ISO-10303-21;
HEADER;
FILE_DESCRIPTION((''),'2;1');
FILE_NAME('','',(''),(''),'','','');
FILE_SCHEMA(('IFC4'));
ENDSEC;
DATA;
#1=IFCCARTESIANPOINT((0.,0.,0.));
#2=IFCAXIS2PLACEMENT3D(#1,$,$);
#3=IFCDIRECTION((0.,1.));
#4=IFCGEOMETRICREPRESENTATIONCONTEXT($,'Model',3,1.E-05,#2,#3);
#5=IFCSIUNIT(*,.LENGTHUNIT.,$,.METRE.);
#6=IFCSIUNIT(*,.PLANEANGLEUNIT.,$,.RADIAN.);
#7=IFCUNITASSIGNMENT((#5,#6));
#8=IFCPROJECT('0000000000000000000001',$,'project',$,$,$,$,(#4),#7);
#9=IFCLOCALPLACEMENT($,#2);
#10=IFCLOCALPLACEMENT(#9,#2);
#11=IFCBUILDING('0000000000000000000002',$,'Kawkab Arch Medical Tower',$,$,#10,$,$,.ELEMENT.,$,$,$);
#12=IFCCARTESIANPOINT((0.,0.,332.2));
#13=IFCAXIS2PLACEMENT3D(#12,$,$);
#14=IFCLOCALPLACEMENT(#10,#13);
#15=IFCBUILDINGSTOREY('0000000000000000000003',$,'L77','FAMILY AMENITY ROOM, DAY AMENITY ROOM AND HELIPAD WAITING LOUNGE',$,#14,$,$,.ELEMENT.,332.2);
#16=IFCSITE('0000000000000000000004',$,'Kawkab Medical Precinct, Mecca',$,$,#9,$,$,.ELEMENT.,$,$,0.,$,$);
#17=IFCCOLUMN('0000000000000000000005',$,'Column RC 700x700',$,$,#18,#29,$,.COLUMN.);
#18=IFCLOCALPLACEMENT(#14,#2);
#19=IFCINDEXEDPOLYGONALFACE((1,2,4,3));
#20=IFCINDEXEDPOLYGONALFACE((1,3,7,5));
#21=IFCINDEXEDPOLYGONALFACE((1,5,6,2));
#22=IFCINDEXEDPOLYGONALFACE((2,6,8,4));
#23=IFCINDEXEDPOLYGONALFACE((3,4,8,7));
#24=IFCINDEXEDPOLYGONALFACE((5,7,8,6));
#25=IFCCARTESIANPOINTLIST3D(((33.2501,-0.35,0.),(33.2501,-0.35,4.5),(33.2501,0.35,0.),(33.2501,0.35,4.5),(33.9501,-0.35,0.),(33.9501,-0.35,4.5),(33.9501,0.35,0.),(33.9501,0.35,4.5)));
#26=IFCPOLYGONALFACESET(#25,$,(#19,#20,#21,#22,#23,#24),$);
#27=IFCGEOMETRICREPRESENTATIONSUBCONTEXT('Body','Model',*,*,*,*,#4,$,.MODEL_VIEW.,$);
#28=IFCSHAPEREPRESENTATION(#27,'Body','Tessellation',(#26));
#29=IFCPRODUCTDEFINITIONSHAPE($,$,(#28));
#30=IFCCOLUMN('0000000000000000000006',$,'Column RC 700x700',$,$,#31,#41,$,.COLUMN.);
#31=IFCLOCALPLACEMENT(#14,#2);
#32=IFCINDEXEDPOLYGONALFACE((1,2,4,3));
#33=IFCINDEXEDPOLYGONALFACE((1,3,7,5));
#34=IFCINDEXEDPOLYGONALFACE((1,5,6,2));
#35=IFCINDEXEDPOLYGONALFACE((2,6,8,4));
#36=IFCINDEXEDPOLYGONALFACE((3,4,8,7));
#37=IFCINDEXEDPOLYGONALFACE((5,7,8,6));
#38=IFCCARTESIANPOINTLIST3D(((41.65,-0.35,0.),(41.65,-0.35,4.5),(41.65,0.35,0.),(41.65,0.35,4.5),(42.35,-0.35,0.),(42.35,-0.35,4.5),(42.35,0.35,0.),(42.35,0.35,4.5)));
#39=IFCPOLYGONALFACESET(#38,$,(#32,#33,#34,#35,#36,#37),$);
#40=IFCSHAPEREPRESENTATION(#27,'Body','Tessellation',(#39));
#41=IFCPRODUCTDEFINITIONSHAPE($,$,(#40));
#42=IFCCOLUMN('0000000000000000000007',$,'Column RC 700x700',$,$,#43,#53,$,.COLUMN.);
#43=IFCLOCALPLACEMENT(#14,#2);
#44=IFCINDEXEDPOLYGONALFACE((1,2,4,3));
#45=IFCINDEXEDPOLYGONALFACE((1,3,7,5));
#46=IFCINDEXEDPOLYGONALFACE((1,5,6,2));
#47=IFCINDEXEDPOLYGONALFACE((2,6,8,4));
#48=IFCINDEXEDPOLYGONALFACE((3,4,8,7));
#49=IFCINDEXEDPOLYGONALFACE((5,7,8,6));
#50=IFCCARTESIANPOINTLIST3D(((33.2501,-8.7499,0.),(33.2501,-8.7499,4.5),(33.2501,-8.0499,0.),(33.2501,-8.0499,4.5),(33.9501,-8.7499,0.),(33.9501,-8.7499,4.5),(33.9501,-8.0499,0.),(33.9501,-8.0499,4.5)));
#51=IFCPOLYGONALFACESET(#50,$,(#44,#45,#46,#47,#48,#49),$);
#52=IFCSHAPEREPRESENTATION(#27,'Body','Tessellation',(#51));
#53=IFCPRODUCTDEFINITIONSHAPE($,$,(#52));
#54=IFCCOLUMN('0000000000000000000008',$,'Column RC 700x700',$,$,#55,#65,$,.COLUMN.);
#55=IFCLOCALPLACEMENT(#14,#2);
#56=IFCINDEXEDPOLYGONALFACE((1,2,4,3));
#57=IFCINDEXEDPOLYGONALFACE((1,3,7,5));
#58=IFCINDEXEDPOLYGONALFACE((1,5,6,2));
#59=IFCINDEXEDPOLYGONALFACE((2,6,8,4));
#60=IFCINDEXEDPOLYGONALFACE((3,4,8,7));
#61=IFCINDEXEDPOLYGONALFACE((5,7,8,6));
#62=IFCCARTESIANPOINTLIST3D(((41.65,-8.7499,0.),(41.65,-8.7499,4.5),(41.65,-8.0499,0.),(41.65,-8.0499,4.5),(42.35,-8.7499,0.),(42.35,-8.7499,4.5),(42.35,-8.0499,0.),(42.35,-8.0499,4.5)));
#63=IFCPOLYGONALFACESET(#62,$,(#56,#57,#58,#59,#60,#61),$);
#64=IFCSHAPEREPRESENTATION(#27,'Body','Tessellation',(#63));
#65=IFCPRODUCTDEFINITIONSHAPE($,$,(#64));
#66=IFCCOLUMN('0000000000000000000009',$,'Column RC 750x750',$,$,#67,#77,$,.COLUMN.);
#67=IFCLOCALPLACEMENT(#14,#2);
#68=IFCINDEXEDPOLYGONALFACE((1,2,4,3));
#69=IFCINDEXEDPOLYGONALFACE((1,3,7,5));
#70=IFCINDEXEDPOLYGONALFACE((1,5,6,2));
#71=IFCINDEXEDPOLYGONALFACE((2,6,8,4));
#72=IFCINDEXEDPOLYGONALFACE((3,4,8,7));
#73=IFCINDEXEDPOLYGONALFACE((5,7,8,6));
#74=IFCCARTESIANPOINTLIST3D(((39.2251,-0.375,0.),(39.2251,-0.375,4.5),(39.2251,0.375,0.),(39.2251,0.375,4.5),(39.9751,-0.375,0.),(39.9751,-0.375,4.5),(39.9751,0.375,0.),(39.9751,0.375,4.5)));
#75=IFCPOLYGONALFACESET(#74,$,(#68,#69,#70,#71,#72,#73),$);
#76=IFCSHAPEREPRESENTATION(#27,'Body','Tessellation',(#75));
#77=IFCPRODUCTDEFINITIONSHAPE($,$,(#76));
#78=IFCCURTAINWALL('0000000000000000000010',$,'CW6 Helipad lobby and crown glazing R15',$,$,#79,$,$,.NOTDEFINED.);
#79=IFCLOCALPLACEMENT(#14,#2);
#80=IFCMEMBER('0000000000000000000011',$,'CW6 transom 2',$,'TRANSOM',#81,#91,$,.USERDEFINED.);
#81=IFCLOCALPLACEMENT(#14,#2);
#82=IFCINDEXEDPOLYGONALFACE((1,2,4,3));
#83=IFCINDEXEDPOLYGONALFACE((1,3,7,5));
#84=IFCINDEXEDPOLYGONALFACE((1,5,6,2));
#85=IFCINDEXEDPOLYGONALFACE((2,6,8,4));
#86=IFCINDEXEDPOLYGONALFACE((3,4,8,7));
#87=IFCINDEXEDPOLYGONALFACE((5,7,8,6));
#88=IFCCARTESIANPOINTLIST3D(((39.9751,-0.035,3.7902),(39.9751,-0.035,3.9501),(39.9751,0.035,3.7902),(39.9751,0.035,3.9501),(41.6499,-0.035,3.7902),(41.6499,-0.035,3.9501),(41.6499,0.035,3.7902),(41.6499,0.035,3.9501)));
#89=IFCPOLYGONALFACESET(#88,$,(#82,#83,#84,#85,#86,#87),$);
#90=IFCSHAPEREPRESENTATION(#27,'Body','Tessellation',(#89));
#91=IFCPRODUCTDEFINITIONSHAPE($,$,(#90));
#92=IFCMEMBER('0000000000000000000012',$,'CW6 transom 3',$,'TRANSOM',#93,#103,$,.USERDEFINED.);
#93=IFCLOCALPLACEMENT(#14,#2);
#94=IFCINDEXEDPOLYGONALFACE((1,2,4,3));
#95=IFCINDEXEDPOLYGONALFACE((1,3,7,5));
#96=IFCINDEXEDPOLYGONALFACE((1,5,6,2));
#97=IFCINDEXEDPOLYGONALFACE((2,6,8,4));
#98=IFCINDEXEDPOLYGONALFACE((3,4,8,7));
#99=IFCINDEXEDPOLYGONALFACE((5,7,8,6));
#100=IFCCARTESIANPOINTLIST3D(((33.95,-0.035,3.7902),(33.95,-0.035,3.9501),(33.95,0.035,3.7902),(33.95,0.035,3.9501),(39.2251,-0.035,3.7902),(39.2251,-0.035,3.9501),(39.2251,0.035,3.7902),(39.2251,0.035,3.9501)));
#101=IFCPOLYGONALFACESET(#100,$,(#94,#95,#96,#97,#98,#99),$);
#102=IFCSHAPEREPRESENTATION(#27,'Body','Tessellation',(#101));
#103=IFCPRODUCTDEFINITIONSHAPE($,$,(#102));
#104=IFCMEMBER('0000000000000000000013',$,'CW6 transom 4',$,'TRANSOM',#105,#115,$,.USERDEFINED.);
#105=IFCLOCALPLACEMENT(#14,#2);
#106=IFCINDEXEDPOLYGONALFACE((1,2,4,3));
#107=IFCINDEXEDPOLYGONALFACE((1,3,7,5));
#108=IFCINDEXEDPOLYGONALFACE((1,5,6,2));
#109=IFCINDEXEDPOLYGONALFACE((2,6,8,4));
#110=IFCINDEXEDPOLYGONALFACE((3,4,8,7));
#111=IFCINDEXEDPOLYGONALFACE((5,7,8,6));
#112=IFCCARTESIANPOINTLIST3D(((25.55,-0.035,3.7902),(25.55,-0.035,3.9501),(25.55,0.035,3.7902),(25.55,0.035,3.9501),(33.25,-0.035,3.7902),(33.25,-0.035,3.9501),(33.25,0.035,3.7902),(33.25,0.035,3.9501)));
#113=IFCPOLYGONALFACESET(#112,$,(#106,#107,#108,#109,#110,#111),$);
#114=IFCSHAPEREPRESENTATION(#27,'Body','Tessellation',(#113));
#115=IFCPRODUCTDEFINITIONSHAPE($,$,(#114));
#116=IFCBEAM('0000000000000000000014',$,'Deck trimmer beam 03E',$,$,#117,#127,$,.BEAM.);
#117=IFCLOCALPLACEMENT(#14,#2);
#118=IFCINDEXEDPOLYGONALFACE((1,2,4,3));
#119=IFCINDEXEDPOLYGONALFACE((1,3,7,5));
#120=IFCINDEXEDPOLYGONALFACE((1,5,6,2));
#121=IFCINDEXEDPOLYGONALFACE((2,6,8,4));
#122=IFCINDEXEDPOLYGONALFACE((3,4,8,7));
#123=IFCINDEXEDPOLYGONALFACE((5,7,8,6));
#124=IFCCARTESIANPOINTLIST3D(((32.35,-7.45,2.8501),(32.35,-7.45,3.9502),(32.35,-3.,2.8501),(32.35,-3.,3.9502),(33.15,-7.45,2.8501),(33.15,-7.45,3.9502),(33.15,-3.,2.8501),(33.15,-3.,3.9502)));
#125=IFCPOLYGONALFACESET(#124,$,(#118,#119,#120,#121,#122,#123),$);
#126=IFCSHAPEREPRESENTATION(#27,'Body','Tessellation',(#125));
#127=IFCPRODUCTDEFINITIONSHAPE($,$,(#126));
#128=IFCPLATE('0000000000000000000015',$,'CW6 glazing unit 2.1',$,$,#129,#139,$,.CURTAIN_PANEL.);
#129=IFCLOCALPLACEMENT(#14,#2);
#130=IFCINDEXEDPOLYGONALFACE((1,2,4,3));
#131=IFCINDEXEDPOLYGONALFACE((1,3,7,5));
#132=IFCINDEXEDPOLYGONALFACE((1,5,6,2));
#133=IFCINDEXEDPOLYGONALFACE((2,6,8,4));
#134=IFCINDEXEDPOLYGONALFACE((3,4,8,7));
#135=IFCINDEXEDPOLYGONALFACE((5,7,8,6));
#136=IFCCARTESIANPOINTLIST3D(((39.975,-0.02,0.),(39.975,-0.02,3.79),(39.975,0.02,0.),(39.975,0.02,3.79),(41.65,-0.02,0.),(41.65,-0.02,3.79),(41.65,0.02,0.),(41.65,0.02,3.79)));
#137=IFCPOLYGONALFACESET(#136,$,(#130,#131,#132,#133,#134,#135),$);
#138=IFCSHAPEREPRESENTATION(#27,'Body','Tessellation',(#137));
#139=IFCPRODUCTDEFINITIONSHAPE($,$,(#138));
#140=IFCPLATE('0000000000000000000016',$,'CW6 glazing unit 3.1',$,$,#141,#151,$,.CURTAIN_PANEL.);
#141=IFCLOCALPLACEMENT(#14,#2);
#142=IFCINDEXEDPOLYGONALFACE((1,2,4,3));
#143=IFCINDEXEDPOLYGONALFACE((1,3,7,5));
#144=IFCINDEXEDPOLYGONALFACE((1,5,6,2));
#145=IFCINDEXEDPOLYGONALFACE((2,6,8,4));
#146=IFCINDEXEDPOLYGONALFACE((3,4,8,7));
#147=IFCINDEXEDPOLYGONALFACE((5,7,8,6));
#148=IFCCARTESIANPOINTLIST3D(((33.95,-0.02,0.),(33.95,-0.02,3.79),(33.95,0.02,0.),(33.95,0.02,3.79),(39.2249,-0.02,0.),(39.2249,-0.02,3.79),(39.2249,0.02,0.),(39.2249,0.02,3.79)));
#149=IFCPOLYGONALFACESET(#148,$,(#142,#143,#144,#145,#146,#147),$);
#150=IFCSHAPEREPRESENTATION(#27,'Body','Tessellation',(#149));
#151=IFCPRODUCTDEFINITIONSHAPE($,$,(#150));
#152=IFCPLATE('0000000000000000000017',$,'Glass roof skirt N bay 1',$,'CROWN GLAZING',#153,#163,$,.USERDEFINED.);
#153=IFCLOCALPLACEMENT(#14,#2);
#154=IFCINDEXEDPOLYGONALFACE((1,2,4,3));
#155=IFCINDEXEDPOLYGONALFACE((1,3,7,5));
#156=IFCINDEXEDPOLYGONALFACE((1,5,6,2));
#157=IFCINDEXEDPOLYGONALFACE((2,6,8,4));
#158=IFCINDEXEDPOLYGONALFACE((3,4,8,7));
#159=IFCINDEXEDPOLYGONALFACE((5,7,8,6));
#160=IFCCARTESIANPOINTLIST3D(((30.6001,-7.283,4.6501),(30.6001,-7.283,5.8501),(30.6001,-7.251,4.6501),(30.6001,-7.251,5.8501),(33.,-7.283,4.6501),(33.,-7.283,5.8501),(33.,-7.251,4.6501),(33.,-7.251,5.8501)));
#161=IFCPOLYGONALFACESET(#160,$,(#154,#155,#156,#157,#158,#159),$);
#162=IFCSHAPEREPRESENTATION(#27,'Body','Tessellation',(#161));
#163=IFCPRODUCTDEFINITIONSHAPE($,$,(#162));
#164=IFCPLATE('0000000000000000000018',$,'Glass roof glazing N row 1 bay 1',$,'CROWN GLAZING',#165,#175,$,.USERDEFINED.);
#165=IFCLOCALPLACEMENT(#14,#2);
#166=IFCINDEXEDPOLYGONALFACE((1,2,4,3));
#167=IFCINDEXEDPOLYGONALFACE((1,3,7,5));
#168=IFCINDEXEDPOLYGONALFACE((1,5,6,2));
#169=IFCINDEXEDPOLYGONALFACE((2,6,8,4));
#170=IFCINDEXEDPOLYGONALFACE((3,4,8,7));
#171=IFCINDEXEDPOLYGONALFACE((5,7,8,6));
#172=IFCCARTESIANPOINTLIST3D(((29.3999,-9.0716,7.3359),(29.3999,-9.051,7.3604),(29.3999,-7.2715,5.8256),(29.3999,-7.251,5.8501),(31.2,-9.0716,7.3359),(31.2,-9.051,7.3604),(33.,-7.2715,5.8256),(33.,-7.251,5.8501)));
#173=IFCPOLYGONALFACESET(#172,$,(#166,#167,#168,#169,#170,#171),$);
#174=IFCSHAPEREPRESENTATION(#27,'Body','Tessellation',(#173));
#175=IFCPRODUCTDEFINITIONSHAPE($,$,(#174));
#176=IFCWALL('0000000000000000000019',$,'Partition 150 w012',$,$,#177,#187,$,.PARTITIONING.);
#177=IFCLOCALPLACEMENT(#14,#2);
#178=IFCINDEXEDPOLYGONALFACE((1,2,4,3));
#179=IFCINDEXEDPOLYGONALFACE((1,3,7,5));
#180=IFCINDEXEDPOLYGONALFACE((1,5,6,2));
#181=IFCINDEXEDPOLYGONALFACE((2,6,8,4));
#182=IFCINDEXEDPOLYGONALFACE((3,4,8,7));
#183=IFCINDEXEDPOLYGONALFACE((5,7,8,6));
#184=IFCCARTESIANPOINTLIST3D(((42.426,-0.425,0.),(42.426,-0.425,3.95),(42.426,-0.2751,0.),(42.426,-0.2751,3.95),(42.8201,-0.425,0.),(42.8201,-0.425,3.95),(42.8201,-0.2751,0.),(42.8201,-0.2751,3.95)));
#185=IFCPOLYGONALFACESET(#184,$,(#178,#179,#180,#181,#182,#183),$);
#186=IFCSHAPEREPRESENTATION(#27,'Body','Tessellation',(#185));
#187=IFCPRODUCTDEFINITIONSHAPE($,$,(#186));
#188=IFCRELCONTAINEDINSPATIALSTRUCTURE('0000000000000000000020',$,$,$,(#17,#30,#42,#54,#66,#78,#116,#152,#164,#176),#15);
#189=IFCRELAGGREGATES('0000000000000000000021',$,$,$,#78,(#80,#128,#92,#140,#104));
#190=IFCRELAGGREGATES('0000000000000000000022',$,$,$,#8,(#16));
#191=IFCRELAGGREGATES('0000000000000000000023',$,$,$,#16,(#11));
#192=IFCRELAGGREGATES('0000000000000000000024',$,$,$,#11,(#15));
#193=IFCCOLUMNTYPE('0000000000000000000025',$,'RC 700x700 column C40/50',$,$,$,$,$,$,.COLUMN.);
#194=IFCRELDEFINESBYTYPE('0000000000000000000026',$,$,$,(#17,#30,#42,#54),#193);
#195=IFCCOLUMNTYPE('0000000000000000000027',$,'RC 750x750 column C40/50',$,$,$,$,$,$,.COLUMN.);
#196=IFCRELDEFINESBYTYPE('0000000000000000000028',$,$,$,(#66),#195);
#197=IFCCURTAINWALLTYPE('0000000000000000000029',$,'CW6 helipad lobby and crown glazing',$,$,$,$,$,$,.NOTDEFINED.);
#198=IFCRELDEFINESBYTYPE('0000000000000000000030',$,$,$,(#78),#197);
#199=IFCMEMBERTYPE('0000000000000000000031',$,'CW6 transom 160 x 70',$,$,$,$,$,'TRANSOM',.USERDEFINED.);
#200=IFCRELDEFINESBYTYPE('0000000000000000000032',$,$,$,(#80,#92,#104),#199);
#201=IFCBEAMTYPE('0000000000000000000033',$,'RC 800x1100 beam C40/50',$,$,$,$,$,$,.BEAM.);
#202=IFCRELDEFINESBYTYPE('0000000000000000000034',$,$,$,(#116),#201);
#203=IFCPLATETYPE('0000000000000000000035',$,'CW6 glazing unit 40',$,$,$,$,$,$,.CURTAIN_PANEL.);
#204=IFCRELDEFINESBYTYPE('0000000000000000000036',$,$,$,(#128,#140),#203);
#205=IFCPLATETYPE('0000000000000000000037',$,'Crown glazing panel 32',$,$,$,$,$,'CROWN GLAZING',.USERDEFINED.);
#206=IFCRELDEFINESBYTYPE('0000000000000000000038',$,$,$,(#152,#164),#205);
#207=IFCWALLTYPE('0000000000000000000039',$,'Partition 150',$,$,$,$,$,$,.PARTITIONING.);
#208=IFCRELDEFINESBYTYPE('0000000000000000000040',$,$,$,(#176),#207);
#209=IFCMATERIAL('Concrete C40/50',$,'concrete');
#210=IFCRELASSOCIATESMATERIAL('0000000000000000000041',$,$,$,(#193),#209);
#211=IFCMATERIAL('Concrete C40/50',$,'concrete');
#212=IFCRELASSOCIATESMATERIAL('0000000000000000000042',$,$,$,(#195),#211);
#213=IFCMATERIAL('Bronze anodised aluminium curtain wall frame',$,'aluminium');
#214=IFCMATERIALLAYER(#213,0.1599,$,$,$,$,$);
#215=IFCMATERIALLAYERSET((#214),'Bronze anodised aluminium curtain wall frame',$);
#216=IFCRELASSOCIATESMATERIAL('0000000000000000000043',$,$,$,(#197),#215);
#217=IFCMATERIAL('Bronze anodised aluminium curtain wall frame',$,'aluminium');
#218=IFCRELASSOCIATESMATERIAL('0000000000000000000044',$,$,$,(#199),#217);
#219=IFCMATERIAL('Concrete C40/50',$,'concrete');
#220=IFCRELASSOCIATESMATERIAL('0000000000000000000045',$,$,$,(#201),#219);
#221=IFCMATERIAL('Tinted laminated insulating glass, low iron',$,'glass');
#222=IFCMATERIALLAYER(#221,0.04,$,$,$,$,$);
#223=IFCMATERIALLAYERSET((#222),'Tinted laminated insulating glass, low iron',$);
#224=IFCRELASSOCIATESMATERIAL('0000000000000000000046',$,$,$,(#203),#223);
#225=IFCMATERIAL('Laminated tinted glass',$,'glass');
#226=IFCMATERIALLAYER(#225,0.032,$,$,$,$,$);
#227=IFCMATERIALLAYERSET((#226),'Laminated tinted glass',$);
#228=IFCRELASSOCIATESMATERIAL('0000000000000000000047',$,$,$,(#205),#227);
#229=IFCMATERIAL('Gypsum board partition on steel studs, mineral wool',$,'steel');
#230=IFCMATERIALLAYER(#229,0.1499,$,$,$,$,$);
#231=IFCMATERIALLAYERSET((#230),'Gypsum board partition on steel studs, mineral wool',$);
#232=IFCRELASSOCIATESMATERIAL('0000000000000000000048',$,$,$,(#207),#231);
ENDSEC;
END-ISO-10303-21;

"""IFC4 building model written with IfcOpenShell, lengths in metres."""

from ifc_helpers import new_model, si_unit, direction, frame, frame_2d, origin, origin_2d, place, context, subcontext, project, spatial, polyline, rectangle, outline, extrude, material, layer, layer_set, material_profile, profile_set, type_object, element, aggregate, save


model = new_model("IFC4")

# Units and contexts
model_context = context("Model", 3, precision=1e-05, world=origin(), true_north=direction((0.0, 1.0)))
body_context = subcontext(model_context, "Body", "Model", "MODEL_VIEW")
ifc_project = project(units=[si_unit("LENGTHUNIT", "METRE"), si_unit("PLANEANGLEUNIT", "RADIAN")], contexts=[model_context])

# Site, building, storey
site_placement = place(None, origin())
site = spatial("IfcSite", under=ifc_project, at=site_placement, Name="Kawkab Medical Precinct, Mecca", CompositionType="ELEMENT", RefElevation=0.0)
building_placement = place(site_placement, origin())
building = spatial("IfcBuilding", under=site, at=building_placement, Name="Kawkab Arch Medical Tower", CompositionType="ELEMENT")
storey_placement = place(building_placement, frame((0.0, 0.0, 332.2)))
storey = spatial("IfcBuildingStorey", under=building, at=storey_placement, Name="L77", Description="FAMILY AMENITY ROOM, DAY AMENITY ROOM AND HELIPAD WAITING LOUNGE", CompositionType="ELEMENT", Elevation=332.2)

# Columns
ifc_material_1 = material(Name="Concrete C40/50", Category="concrete")
ifc_material_profile_1 = material_profile(ifc_material_1, rectangle(XDim=0.7, YDim=0.7, at=origin_2d()), Name="RC 700x700")
ifc_profile_set_1 = profile_set([ifc_material_profile_1], Name="Concrete C40/50")
column_type_1 = type_object("IfcColumnType", Name="RC 700x700 column C40/50", PredefinedType="COLUMN", material=ifc_profile_set_1)
for number, where, z_axis, x_axis, name in (
    (1, (33.6001, 0.0, 0.0), (0.0, 0.0, 1.0), (1.0, 0.0, 0.0), "Column RC 700x700"),
    (2, (42.0, 0.0, 0.0), (0.0, 0.0, 1.0), (1.0, 0.0, 0.0), "Column RC 700x700"),
    (3, (33.6001, -8.3999, 0.0), (0.0, 0.0, 1.0), (1.0, 0.0, 0.0), "Column RC 700x700"),
    (4, (42.0, -8.3999, 0.0), (0.0, 0.0, 1.0), (1.0, 0.0, 0.0), "Column RC 700x700"),
):
    element("IfcColumn", number, at=place(storey_placement, frame(where, z_axis=z_axis, x_axis=x_axis)), inside=storey, type_object=column_type_1, Name=name, PredefinedType="COLUMN", context=body_context, shape_type="SweptSolid", body=[
        extrude(rectangle(XDim=0.7, YDim=0.7, at=origin_2d()), origin(), (0.0, 0.0, 1.0), 4.5),
    ])
ifc_material_2 = material(Name="Concrete C40/50", Category="concrete")
ifc_material_profile_2 = material_profile(ifc_material_2, rectangle(XDim=0.75, YDim=0.75, at=origin_2d()), Name="RC 750x750")
ifc_profile_set_2 = profile_set([ifc_material_profile_2], Name="Concrete C40/50")
column_type_2 = type_object("IfcColumnType", Name="RC 750x750 column C40/50", PredefinedType="COLUMN", material=ifc_profile_set_2)
column_placement = place(storey_placement, frame((39.6001, 0.0, 0.0), z_axis=(0.0, 0.0, 1.0), x_axis=(1.0, 0.0, 0.0)))
element("IfcColumn", 5, at=column_placement, inside=storey, type_object=column_type_2, Name="Column RC 750x750", PredefinedType="COLUMN", context=body_context, shape_type="SweptSolid", body=[
    extrude(rectangle(XDim=0.75, YDim=0.75, at=origin_2d()), origin(), (0.0, 0.0, 1.0), 4.5),
])

# Curtain wall, members
ifc_material_3 = material(Name="Bronze anodised aluminium curtain wall frame", Category="aluminium")
ifc_layer_1 = layer(ifc_material_3, 0.1599)
ifc_layer_set_1 = layer_set([ifc_layer_1], Name="Bronze anodised aluminium curtain wall frame")
curtain_wall_type = type_object("IfcCurtainWallType", Name="CW6 helipad lobby and crown glazing", PredefinedType="NOTDEFINED", material=ifc_layer_set_1)
curtain_wall_placement = place(storey_placement, origin())
curtain_wall = element("IfcCurtainWall", 6, at=curtain_wall_placement, inside=storey, type_object=curtain_wall_type, Name="CW6 Helipad lobby and crown glazing R15", PredefinedType="NOTDEFINED")
ifc_material_4 = material(Name="Bronze anodised aluminium curtain wall frame", Category="aluminium")
ifc_material_profile_3 = material_profile(ifc_material_4, rectangle(XDim=0.0701, YDim=0.1599, at=origin_2d()), Name="AL 70x160")
ifc_profile_set_3 = profile_set([ifc_material_profile_3], Name="Bronze anodised aluminium curtain wall frame")
member_type = type_object("IfcMemberType", Name="CW6 transom 160 x 70", ElementType="TRANSOM", PredefinedType="USERDEFINED", material=ifc_profile_set_3)
member_1_placement = place(storey_placement, frame((41.6499, 0.0, 3.8701), z_axis=(-1.0, 0.0, 0.0), x_axis=(0.0, -1.0, 0.0)))
member_1 = element("IfcMember", 7, at=member_1_placement, type_object=member_type, Name="CW6 transom 2", ObjectType="TRANSOM", PredefinedType="USERDEFINED", context=body_context, shape_type="SweptSolid", body=[
    extrude(rectangle(XDim=0.0701, YDim=0.1599, at=origin_2d()), origin(), (0.0, 0.0, 1.0), 1.6748),
])
member_2_placement = place(storey_placement, frame((39.2251, 0.0, 3.8701), z_axis=(-1.0, 0.0, 0.0), x_axis=(0.0, -1.0, 0.0)))
member_2 = element("IfcMember", 8, at=member_2_placement, type_object=member_type, Name="CW6 transom 3", ObjectType="TRANSOM", PredefinedType="USERDEFINED", context=body_context, shape_type="SweptSolid", body=[
    extrude(rectangle(XDim=0.0701, YDim=0.1599, at=origin_2d()), origin(), (0.0, 0.0, 1.0), 5.2751),
])
member_3_placement = place(storey_placement, frame((33.25, 0.0, 3.8701), z_axis=(-1.0, 0.0, 0.0), x_axis=(0.0, -1.0, 0.0)))
member_3 = element("IfcMember", 9, at=member_3_placement, type_object=member_type, Name="CW6 transom 4", ObjectType="TRANSOM", PredefinedType="USERDEFINED", context=body_context, shape_type="SweptSolid", body=[
    extrude(rectangle(XDim=0.0701, YDim=0.1599, at=origin_2d()), origin(), (0.0, 0.0, 1.0), 7.7),
])

# Beam
ifc_material_5 = material(Name="Concrete C40/50", Category="concrete")
ifc_material_profile_4 = material_profile(ifc_material_5, rectangle(XDim=0.8, YDim=1.1001, at=origin_2d()), Name="RC 800x1100")
ifc_profile_set_4 = profile_set([ifc_material_profile_4], Name="Concrete C40/50")
beam_type = type_object("IfcBeamType", Name="RC 800x1100 beam C40/50", PredefinedType="BEAM", material=ifc_profile_set_4)
beam_placement = place(storey_placement, frame((32.75, -7.45, 3.4001), z_axis=(0.0, 1.0, 0.0), x_axis=(-1.0, 0.0, 0.0)))
element("IfcBeam", 10, at=beam_placement, inside=storey, type_object=beam_type, Name="Deck trimmer beam 03E", PredefinedType="BEAM", context=body_context, shape_type="SweptSolid", body=[
    extrude(rectangle(XDim=0.8, YDim=1.1001, at=origin_2d()), origin(), (0.0, 0.0, 1.0), 4.45),
])

# Plates
ifc_material_6 = material(Name="Tinted laminated insulating glass, low iron", Category="glass")
ifc_layer_2 = layer(ifc_material_6, 0.04)
ifc_layer_set_2 = layer_set([ifc_layer_2], Name="Tinted laminated insulating glass, low iron")
plate_type_1 = type_object("IfcPlateType", Name="CW6 glazing unit 40", PredefinedType="CURTAIN_PANEL", material=ifc_layer_set_2)
plate_1_placement = place(storey_placement, frame((40.8125, 0.0, 0.0), z_axis=(0.0, 0.0, 1.0), x_axis=(-1.0, 0.0, 0.0)))
plate_1 = element("IfcPlate", 11, at=plate_1_placement, type_object=plate_type_1, Name="CW6 glazing unit 2.1", PredefinedType="CURTAIN_PANEL", context=body_context, shape_type="SweptSolid", body=[
    extrude(rectangle(XDim=1.675, YDim=0.04, at=origin_2d()), origin(), (0.0, 0.0, 1.0), 3.79),
])
plate_2_placement = place(storey_placement, frame((36.5874, 0.0, 0.0), z_axis=(0.0, 0.0, 1.0), x_axis=(-1.0, 0.0, 0.0)))
plate_2 = element("IfcPlate", 12, at=plate_2_placement, type_object=plate_type_1, Name="CW6 glazing unit 3.1", PredefinedType="CURTAIN_PANEL", context=body_context, shape_type="SweptSolid", body=[
    extrude(rectangle(XDim=5.2749, YDim=0.04, at=origin_2d()), origin(), (0.0, 0.0, 1.0), 3.79),
])
aggregate(curtain_wall, [member_1, plate_1, member_2, plate_2, member_3])

# Plates
ifc_material_7 = material(Name="Laminated tinted glass", Category="glass")
ifc_layer_3 = layer(ifc_material_7, 0.032)
ifc_layer_set_3 = layer_set([ifc_layer_3], Name="Laminated tinted glass")
plate_type_2 = type_object("IfcPlateType", Name="Crown glazing panel 32", ElementType="CROWN GLAZING", PredefinedType="USERDEFINED", material=ifc_layer_set_3)
plate_3_placement = place(storey_placement, frame((33.0, -7.251, 4.6501), z_axis=(0.0, 1.0, 0.0), x_axis=(-1.0, 0.0, 0.0)))
element("IfcPlate", 13, at=plate_3_placement, inside=storey, type_object=plate_type_2, Name="Glass roof skirt N bay 1", ObjectType="CROWN GLAZING", PredefinedType="USERDEFINED", context=body_context, shape_type="SweptSolid", body=[
    extrude(outline(polyline([(0.0, 0.0), (2.3999, 0.0), (2.3999, 1.2), (0.0, 1.2), (0.0, 0.0)])), origin(), (0.0, 0.0, -1.0), 0.032),
])
plate_4_placement = place(storey_placement, frame((33.0, -7.251, 5.8501), z_axis=(0.0, 0.642746, 0.766079), x_axis=(-1.0, 0.0, 0.0)))
element("IfcPlate", 14, at=plate_4_placement, inside=storey, type_object=plate_type_2, Name="Glass roof glazing N row 1 bay 1", ObjectType="CROWN GLAZING", PredefinedType="USERDEFINED", context=body_context, shape_type="SweptSolid", body=[
    extrude(outline(polyline([(0.0, 0.0), (3.6001, 0.0), (3.6001, 2.3497), (1.8, 2.3497), (0.0, 0.0)])), origin(), (0.0, 0.0, -1.0), 0.032),
])

# Wall
ifc_material_8 = material(Name="Gypsum board partition on steel studs, mineral wool", Category="steel")
ifc_layer_4 = layer(ifc_material_8, 0.1499)
ifc_layer_set_4 = layer_set([ifc_layer_4], Name="Gypsum board partition on steel studs, mineral wool")
wall_type_1 = type_object("IfcWallType", Name="Partition 150", PredefinedType="PARTITIONING", material=ifc_layer_set_4)
wall_1_placement = place(storey_placement, frame((42.426, -0.3501, 0.0), z_axis=(0.0, 0.0, 1.0), x_axis=(1.0, 0.0, 0.0)))
element("IfcWall", 15, at=wall_1_placement, inside=storey, type_object=wall_type_1, Name="Partition 150 w012", PredefinedType="PARTITIONING", context=body_context, shape_type="SweptSolid", body=[
    extrude(rectangle(XDim=0.394, YDim=0.1499, at=frame_2d((0.197, 0.0))), origin(), (0.0, 0.0, 1.0), 3.95),
])

save(model, "model.ifc")
